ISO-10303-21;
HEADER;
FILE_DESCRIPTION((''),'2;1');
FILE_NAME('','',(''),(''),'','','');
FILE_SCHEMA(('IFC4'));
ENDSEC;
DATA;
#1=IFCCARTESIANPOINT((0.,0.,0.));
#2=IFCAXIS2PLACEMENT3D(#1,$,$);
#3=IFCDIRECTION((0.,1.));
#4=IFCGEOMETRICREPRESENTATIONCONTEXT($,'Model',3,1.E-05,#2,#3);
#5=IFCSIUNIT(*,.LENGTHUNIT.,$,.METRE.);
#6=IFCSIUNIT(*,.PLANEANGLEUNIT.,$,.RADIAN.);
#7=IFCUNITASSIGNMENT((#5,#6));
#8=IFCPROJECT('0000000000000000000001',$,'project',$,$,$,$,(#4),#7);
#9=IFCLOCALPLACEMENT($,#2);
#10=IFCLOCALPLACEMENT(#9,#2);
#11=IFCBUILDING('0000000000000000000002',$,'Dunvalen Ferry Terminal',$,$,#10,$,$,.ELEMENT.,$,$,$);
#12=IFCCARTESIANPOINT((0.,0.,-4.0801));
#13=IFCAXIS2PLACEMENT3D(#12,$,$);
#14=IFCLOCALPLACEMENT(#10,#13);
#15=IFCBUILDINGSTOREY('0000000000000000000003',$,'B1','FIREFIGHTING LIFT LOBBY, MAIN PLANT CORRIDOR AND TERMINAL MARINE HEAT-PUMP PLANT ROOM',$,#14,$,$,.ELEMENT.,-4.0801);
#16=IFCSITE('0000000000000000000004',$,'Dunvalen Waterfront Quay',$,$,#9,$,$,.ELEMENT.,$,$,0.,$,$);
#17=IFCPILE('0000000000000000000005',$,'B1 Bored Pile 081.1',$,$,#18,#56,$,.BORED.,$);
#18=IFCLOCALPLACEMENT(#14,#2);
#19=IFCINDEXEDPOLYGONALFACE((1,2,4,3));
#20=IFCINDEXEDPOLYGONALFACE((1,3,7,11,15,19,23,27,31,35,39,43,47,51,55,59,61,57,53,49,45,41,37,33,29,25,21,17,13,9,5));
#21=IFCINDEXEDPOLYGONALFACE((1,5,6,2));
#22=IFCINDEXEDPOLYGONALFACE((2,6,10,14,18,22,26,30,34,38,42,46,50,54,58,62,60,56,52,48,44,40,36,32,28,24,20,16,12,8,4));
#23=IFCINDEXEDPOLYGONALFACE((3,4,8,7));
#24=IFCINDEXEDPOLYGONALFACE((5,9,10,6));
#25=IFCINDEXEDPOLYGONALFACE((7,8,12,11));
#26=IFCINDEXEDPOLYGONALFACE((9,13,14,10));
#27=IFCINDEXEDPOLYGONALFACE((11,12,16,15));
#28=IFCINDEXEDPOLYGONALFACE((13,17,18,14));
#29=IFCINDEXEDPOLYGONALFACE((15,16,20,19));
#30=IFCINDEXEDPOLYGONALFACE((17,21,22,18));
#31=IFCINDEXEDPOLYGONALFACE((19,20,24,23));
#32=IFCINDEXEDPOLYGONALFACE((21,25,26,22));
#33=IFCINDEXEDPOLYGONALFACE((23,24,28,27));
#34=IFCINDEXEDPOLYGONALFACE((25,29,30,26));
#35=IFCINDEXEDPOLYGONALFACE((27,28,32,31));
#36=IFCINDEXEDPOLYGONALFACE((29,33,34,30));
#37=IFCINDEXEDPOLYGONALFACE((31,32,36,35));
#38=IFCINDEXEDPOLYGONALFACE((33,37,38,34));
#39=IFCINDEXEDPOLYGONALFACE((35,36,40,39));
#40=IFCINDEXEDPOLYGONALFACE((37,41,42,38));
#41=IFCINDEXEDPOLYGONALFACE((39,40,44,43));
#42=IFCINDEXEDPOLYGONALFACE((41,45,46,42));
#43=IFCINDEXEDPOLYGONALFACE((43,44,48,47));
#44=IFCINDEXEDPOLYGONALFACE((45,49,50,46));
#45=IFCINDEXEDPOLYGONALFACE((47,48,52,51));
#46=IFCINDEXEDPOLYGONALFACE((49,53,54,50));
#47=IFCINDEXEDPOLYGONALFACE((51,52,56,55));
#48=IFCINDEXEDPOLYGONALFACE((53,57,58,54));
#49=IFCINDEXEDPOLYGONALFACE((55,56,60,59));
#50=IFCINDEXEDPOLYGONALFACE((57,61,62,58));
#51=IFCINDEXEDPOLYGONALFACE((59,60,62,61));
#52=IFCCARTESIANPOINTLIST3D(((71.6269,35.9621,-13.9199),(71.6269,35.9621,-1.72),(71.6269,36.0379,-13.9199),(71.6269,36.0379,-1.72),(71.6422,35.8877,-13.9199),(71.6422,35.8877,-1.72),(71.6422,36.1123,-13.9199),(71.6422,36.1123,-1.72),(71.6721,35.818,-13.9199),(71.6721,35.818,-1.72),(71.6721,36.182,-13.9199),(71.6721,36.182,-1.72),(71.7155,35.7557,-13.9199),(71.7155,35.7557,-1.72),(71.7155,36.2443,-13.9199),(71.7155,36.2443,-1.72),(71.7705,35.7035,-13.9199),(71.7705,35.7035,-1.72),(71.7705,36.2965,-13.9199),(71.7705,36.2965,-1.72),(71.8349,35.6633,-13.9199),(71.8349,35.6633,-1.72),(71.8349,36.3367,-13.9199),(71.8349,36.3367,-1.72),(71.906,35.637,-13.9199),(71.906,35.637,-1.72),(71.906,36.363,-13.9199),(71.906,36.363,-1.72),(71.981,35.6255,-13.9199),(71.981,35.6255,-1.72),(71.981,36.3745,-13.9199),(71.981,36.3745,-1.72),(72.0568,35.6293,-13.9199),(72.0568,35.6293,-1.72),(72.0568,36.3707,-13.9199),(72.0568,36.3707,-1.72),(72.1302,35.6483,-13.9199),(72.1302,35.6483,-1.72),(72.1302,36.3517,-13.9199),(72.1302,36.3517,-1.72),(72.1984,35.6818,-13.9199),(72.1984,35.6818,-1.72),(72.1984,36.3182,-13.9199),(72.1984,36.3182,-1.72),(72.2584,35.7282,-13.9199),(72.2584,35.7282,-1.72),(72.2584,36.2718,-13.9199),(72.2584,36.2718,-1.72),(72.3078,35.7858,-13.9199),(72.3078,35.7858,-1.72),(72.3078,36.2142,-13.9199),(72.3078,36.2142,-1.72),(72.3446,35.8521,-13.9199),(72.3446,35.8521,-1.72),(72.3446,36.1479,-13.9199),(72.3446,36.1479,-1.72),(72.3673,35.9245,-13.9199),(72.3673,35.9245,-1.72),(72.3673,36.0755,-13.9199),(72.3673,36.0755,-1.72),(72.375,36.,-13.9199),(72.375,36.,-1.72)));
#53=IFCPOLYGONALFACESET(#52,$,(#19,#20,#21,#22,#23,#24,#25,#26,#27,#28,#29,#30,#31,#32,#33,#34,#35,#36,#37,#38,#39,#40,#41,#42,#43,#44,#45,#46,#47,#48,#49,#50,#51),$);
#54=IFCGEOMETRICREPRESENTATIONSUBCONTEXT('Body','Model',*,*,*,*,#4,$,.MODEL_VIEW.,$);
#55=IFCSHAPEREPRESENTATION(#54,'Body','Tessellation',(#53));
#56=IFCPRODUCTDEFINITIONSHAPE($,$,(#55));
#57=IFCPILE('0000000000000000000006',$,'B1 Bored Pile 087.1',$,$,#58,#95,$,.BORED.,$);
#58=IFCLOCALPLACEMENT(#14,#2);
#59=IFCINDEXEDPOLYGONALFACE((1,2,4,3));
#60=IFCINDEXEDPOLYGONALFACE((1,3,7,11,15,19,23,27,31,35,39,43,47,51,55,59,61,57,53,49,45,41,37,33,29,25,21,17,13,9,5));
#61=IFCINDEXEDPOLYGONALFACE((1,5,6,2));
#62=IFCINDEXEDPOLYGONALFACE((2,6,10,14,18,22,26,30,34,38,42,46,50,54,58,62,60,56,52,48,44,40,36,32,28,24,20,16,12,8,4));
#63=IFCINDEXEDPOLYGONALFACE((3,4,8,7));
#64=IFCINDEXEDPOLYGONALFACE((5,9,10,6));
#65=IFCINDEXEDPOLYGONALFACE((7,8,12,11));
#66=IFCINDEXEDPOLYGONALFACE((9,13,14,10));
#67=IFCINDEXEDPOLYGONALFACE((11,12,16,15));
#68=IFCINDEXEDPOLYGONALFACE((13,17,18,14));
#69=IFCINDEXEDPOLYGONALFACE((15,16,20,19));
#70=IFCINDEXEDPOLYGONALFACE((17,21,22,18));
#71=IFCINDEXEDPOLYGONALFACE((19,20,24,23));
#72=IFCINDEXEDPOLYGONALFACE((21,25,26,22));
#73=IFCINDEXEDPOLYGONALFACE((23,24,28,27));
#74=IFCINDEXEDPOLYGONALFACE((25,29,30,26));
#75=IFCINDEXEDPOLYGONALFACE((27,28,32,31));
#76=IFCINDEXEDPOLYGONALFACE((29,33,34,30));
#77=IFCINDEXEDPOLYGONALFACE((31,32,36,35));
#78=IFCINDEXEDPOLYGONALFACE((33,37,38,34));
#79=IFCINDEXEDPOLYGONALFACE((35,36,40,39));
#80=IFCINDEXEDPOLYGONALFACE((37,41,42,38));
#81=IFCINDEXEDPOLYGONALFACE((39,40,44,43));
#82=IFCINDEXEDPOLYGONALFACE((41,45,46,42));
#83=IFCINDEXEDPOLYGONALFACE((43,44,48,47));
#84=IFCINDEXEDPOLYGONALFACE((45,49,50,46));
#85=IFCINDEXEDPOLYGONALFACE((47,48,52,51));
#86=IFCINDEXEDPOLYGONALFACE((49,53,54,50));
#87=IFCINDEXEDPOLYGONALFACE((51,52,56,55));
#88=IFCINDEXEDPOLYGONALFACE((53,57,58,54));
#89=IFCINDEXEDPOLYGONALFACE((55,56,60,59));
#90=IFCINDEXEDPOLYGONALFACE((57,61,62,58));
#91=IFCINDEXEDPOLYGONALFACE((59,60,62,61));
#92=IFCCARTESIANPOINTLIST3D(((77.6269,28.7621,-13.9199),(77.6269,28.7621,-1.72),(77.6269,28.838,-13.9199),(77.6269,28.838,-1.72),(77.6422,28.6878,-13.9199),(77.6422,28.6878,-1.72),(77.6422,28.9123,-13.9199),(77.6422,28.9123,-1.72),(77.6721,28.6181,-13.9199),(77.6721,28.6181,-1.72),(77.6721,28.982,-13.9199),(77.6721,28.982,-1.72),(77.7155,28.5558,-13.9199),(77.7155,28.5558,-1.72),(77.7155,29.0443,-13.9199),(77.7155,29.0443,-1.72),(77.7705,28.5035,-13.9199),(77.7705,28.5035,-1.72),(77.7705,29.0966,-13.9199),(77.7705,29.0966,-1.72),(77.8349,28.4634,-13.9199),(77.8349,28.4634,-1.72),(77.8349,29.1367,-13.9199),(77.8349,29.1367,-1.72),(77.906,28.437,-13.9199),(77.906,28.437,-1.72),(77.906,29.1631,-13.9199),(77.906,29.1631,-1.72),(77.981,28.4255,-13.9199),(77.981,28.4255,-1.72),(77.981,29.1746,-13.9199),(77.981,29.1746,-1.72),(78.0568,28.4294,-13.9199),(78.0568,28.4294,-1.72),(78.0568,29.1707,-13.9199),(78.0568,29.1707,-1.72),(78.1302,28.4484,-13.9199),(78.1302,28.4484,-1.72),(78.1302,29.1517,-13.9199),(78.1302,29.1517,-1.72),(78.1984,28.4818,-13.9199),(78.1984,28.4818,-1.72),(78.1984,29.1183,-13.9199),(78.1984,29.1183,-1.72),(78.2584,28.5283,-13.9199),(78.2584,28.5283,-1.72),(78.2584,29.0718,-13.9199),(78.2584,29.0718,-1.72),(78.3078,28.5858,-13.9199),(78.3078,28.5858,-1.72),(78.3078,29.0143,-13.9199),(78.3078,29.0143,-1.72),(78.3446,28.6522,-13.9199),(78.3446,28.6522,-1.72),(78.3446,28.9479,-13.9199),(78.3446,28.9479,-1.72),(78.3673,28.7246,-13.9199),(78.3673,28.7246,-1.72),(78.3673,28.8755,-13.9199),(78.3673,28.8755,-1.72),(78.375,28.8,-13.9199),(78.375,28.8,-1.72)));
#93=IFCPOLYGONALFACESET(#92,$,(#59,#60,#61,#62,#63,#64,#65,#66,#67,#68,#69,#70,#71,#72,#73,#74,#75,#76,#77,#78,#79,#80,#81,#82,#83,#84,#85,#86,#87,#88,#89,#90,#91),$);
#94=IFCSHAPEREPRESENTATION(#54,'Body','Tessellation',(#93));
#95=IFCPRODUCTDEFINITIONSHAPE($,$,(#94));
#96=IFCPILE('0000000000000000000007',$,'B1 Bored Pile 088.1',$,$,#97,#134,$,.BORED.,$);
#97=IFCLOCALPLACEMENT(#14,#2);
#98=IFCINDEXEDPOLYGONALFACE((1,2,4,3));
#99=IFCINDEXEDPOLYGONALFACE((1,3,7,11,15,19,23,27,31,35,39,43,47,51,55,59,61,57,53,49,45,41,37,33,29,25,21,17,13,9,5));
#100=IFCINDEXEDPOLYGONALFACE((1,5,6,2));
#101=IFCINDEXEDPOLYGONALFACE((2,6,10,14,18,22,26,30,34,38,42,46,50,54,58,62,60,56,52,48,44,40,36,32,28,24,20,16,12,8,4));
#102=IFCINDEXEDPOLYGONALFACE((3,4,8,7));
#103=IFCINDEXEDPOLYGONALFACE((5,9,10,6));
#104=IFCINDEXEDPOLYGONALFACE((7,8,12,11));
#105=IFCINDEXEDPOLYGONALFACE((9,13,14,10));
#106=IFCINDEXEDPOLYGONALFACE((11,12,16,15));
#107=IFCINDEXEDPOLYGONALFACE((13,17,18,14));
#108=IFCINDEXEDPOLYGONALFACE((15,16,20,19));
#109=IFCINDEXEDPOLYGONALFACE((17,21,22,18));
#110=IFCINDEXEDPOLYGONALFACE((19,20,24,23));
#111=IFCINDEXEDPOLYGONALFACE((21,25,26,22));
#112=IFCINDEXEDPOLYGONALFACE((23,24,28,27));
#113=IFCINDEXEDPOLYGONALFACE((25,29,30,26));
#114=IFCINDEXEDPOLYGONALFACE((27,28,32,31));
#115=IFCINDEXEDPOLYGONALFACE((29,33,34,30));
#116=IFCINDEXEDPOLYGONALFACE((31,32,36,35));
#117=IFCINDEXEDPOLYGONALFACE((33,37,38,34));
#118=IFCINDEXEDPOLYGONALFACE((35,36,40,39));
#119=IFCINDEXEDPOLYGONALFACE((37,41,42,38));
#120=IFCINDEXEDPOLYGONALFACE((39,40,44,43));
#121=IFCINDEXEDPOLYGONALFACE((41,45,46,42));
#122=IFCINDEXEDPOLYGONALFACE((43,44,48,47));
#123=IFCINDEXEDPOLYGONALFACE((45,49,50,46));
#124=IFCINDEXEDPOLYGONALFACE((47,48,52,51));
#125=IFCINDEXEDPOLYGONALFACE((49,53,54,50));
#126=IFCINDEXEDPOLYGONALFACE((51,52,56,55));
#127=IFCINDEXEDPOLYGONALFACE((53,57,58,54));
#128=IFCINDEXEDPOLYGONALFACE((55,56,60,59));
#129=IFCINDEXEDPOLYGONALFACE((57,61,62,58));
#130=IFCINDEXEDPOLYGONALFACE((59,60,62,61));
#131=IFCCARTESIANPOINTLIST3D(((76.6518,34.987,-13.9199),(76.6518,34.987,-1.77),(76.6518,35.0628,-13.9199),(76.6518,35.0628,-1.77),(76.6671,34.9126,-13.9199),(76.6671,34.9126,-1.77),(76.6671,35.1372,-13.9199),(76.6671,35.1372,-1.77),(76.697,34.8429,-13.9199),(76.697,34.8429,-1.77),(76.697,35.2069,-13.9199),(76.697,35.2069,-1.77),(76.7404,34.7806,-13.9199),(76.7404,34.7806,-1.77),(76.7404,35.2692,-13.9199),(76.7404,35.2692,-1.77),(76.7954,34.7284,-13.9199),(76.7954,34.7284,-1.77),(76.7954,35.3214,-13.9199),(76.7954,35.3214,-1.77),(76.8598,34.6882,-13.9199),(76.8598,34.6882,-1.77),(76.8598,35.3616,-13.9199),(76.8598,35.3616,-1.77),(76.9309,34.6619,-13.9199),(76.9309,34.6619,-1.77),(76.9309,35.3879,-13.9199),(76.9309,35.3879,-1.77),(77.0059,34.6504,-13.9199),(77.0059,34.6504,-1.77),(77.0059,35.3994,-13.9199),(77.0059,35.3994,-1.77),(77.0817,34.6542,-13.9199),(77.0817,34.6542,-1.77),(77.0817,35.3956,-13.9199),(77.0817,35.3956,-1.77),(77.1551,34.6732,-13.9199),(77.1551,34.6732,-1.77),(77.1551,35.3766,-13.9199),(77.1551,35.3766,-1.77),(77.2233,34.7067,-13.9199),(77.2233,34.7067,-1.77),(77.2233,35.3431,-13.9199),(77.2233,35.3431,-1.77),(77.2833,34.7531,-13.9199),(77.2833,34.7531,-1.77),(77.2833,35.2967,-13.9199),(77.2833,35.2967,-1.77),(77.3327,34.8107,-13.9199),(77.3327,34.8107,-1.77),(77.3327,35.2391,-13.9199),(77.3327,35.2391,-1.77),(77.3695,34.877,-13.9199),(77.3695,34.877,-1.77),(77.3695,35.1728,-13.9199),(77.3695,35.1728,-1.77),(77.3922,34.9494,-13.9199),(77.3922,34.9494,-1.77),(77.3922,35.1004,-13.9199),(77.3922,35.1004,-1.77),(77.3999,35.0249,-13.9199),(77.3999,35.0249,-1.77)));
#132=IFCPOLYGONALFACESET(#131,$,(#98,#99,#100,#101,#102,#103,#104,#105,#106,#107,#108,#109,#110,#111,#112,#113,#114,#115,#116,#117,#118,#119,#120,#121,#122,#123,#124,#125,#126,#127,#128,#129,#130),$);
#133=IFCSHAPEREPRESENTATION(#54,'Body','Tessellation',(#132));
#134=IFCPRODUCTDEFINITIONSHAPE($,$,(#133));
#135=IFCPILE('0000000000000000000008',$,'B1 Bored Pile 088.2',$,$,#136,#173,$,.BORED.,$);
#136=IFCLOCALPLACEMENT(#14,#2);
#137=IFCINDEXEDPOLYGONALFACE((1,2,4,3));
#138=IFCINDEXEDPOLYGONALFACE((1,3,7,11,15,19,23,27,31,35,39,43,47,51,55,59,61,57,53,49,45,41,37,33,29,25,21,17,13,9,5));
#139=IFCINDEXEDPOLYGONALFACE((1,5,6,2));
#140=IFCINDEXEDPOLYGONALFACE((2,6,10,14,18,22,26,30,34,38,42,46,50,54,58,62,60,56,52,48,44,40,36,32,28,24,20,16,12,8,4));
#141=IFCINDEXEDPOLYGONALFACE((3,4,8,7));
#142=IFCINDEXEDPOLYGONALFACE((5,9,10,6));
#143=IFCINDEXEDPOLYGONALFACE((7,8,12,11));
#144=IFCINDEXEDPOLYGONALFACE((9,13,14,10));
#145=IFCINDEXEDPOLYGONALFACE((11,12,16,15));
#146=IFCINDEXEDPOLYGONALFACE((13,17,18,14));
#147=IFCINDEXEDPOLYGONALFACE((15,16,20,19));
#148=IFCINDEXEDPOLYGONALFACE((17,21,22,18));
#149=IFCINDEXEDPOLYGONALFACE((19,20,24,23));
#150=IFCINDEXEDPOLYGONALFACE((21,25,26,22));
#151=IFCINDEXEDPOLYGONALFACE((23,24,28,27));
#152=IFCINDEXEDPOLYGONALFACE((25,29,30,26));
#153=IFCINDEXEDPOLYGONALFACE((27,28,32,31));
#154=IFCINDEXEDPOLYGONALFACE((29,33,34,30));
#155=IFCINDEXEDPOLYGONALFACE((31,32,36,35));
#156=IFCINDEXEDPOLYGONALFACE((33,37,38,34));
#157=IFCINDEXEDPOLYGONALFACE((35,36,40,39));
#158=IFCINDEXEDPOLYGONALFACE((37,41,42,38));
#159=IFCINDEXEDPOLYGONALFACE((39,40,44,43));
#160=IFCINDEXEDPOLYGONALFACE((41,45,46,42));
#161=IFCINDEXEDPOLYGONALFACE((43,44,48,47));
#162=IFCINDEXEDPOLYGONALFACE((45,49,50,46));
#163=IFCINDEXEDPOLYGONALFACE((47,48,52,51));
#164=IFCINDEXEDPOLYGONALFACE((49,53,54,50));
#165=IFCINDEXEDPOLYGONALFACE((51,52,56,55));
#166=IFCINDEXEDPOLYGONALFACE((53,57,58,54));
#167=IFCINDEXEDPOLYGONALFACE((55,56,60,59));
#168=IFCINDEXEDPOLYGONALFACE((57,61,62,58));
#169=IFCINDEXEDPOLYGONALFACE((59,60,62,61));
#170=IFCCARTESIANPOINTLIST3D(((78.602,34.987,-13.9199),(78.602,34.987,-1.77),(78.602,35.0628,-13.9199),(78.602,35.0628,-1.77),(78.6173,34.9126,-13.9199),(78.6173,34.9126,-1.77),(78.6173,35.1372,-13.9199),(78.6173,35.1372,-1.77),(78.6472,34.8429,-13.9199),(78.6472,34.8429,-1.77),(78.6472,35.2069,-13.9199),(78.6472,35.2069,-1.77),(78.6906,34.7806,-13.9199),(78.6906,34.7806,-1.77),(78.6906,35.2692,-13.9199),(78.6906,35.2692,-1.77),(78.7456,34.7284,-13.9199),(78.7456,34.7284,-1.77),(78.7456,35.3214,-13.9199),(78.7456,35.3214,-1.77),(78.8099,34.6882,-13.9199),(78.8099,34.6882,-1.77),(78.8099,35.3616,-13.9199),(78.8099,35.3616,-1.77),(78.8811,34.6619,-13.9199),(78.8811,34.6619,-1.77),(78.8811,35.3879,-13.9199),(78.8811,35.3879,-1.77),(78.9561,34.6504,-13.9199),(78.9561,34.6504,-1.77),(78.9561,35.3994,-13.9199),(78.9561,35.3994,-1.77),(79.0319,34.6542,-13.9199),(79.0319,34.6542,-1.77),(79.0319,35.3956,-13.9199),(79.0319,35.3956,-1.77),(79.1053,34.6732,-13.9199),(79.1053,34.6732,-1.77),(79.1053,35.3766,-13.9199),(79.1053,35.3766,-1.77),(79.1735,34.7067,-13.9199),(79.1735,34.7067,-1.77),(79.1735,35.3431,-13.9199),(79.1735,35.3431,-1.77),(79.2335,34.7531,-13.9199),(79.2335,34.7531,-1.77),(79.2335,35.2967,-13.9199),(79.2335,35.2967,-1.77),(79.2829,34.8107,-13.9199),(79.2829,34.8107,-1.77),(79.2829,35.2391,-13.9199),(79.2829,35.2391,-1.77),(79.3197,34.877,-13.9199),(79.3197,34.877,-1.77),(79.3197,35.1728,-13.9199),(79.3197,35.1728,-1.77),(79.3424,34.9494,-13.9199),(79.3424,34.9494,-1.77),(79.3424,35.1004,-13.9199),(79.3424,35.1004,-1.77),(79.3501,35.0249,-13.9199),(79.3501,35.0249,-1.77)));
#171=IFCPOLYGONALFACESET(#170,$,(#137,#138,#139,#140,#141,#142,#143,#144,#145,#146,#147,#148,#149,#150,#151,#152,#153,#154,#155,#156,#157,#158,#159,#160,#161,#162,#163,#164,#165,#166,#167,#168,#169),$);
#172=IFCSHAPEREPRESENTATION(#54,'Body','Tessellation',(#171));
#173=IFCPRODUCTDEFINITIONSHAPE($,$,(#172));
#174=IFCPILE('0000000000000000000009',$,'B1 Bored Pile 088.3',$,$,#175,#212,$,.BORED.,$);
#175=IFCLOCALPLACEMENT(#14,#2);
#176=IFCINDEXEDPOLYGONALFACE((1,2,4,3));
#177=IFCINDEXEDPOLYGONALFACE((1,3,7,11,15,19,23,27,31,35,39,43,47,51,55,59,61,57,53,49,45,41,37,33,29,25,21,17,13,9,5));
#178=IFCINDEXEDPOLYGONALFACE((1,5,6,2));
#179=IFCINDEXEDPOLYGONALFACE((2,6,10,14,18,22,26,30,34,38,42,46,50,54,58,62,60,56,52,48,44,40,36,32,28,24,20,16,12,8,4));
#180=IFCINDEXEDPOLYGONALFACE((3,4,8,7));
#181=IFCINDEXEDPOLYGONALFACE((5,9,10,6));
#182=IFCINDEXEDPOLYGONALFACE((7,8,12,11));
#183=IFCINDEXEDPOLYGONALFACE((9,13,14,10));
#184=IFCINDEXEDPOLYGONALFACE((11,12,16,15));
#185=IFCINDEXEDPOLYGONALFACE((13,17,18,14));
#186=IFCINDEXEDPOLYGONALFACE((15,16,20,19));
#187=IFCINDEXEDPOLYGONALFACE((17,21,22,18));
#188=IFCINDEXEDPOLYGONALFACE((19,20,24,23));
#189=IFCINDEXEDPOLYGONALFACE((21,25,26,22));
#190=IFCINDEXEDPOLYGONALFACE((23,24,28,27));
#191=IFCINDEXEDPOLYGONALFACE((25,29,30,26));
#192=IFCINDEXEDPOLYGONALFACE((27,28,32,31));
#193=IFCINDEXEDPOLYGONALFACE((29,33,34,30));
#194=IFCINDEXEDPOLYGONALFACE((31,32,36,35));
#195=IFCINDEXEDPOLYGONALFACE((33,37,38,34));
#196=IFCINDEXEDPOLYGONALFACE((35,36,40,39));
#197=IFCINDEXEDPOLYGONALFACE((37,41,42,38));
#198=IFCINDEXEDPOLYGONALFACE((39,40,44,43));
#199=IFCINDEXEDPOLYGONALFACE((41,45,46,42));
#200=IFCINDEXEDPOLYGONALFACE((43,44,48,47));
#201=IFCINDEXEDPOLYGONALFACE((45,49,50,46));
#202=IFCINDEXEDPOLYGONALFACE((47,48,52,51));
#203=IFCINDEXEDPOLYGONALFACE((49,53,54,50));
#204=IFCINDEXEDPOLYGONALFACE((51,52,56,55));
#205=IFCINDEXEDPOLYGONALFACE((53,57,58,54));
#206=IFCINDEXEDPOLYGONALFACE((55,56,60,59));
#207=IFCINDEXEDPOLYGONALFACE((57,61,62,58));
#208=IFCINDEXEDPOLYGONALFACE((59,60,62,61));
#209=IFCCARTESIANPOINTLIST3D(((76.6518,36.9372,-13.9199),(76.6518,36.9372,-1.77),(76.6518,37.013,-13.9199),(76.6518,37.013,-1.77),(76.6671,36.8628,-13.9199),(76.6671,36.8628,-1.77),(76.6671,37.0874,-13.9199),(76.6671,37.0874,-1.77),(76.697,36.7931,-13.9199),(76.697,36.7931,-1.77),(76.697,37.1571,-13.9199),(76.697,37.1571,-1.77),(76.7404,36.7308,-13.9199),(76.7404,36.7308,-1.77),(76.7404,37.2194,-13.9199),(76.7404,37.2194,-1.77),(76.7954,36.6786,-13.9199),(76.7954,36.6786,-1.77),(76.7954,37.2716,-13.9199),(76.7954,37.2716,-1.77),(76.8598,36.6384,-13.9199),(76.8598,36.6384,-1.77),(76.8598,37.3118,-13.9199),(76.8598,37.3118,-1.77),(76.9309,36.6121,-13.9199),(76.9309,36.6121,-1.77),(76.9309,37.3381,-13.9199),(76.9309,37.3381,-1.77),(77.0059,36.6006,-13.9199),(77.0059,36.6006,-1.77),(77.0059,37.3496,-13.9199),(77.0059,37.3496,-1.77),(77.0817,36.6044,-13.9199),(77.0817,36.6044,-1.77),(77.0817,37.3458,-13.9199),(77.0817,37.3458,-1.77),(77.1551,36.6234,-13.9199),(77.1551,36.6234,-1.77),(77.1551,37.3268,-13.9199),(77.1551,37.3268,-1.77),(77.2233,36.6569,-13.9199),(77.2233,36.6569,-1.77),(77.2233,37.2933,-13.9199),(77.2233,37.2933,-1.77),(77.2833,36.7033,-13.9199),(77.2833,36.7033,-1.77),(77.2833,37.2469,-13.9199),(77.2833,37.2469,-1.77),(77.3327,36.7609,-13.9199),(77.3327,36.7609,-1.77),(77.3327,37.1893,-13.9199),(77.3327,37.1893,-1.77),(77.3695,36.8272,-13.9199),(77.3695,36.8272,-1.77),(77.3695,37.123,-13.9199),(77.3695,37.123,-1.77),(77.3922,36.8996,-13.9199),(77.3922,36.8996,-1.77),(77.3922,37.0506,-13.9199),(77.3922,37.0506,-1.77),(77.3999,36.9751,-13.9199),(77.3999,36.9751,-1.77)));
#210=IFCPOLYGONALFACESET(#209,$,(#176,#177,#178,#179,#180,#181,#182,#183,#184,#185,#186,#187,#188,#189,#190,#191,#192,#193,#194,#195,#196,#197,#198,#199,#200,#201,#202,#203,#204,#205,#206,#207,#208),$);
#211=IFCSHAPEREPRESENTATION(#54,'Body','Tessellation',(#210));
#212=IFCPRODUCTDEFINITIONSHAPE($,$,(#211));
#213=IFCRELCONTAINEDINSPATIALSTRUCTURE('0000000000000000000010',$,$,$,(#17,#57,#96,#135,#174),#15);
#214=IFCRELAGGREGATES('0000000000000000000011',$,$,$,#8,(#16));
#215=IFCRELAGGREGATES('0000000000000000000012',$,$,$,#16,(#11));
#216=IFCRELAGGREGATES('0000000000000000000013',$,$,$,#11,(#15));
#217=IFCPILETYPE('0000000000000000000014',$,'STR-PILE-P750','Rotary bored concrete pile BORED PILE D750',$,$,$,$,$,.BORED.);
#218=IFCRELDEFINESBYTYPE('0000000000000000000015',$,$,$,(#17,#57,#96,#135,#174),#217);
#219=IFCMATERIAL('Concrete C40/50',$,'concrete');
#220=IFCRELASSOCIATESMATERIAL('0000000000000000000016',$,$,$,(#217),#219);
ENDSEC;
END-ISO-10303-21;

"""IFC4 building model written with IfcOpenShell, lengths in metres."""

from ifc_helpers import new_model, si_unit, direction, frame, origin, origin_2d, place, context, subcontext, project, spatial, circle, extrude, material, material_profile, profile_set, type_object, element, save


model = new_model("IFC4")

# Units and contexts
model_context = context("Model", 3, precision=1e-05, world=origin(), true_north=direction((0.0, 1.0)))
body_context = subcontext(model_context, "Body", "Model", "MODEL_VIEW")
ifc_project = project(units=[si_unit("LENGTHUNIT", "METRE"), si_unit("PLANEANGLEUNIT", "RADIAN")], contexts=[model_context])

# Site, building, storey
site_placement = place(None, origin())
site = spatial("IfcSite", under=ifc_project, at=site_placement, Name="Dunvalen Waterfront Quay", CompositionType="ELEMENT", RefElevation=0.0)
building_placement = place(site_placement, origin())
building = spatial("IfcBuilding", under=site, at=building_placement, Name="Dunvalen Ferry Terminal", CompositionType="ELEMENT")
storey_placement = place(building_placement, frame((0.0, 0.0, -4.0801)))
storey = spatial("IfcBuildingStorey", under=building, at=storey_placement, Name="B1", Description="FIREFIGHTING LIFT LOBBY, MAIN PLANT CORRIDOR AND TERMINAL MARINE HEAT-PUMP PLANT ROOM", CompositionType="ELEMENT", Elevation=-4.0801)

# Shared definitions
ifc_material = material(Name="Concrete C40/50", Category="concrete")

# Piles
ifc_material_profile_1 = material_profile(ifc_material, circle(Radius=0.375, at=origin_2d()), Name="Concrete C40/50")
ifc_profile_set_1 = profile_set([ifc_material_profile_1], Name="Concrete C40/50")
pile_type = type_object("IfcPileType", Name="STR-PILE-P750", Description="Rotary bored concrete pile BORED PILE D750", PredefinedType="BORED", material=ifc_profile_set_1)
for number, where, z_axis, x_axis, name in (
    (1, (72.0, 36.0, -1.72), (0.0, 0.0, -1.0), (1.0, 0.0, 0.0), "B1 Bored Pile 081.1"),
    (2, (78.0, 28.8, -1.72), (0.0, 0.0, -1.0), (1.0, 0.0, 0.0), "B1 Bored Pile 087.1"),
):
    element("IfcPile", number, at=place(storey_placement, frame(where, z_axis=z_axis, x_axis=x_axis)), inside=storey, type_object=pile_type, Name=name, PredefinedType="BORED", context=body_context, shape_type="SweptSolid", body=[
        extrude(circle(Radius=0.375, at=origin_2d()), origin(), (0.0, 0.0, 1.0), 12.2),
    ])
for number, where, z_axis, x_axis, name in (
    (3, (77.0249, 35.0249, -1.77), (0.0, 0.0, -1.0), (1.0, 0.0, 0.0), "B1 Bored Pile 088.1"),
    (4, (78.9751, 35.0249, -1.77), (0.0, 0.0, -1.0), (1.0, 0.0, 0.0), "B1 Bored Pile 088.2"),
    (5, (77.0249, 36.9751, -1.77), (0.0, 0.0, -1.0), (1.0, 0.0, 0.0), "B1 Bored Pile 088.3"),
):
    element("IfcPile", number, at=place(storey_placement, frame(where, z_axis=z_axis, x_axis=x_axis)), inside=storey, type_object=pile_type, Name=name, PredefinedType="BORED", context=body_context, shape_type="SweptSolid", body=[
        extrude(circle(Radius=0.375, at=origin_2d()), origin(), (0.0, 0.0, 1.0), 12.1499),
    ])

save(model, "model.ifc")
